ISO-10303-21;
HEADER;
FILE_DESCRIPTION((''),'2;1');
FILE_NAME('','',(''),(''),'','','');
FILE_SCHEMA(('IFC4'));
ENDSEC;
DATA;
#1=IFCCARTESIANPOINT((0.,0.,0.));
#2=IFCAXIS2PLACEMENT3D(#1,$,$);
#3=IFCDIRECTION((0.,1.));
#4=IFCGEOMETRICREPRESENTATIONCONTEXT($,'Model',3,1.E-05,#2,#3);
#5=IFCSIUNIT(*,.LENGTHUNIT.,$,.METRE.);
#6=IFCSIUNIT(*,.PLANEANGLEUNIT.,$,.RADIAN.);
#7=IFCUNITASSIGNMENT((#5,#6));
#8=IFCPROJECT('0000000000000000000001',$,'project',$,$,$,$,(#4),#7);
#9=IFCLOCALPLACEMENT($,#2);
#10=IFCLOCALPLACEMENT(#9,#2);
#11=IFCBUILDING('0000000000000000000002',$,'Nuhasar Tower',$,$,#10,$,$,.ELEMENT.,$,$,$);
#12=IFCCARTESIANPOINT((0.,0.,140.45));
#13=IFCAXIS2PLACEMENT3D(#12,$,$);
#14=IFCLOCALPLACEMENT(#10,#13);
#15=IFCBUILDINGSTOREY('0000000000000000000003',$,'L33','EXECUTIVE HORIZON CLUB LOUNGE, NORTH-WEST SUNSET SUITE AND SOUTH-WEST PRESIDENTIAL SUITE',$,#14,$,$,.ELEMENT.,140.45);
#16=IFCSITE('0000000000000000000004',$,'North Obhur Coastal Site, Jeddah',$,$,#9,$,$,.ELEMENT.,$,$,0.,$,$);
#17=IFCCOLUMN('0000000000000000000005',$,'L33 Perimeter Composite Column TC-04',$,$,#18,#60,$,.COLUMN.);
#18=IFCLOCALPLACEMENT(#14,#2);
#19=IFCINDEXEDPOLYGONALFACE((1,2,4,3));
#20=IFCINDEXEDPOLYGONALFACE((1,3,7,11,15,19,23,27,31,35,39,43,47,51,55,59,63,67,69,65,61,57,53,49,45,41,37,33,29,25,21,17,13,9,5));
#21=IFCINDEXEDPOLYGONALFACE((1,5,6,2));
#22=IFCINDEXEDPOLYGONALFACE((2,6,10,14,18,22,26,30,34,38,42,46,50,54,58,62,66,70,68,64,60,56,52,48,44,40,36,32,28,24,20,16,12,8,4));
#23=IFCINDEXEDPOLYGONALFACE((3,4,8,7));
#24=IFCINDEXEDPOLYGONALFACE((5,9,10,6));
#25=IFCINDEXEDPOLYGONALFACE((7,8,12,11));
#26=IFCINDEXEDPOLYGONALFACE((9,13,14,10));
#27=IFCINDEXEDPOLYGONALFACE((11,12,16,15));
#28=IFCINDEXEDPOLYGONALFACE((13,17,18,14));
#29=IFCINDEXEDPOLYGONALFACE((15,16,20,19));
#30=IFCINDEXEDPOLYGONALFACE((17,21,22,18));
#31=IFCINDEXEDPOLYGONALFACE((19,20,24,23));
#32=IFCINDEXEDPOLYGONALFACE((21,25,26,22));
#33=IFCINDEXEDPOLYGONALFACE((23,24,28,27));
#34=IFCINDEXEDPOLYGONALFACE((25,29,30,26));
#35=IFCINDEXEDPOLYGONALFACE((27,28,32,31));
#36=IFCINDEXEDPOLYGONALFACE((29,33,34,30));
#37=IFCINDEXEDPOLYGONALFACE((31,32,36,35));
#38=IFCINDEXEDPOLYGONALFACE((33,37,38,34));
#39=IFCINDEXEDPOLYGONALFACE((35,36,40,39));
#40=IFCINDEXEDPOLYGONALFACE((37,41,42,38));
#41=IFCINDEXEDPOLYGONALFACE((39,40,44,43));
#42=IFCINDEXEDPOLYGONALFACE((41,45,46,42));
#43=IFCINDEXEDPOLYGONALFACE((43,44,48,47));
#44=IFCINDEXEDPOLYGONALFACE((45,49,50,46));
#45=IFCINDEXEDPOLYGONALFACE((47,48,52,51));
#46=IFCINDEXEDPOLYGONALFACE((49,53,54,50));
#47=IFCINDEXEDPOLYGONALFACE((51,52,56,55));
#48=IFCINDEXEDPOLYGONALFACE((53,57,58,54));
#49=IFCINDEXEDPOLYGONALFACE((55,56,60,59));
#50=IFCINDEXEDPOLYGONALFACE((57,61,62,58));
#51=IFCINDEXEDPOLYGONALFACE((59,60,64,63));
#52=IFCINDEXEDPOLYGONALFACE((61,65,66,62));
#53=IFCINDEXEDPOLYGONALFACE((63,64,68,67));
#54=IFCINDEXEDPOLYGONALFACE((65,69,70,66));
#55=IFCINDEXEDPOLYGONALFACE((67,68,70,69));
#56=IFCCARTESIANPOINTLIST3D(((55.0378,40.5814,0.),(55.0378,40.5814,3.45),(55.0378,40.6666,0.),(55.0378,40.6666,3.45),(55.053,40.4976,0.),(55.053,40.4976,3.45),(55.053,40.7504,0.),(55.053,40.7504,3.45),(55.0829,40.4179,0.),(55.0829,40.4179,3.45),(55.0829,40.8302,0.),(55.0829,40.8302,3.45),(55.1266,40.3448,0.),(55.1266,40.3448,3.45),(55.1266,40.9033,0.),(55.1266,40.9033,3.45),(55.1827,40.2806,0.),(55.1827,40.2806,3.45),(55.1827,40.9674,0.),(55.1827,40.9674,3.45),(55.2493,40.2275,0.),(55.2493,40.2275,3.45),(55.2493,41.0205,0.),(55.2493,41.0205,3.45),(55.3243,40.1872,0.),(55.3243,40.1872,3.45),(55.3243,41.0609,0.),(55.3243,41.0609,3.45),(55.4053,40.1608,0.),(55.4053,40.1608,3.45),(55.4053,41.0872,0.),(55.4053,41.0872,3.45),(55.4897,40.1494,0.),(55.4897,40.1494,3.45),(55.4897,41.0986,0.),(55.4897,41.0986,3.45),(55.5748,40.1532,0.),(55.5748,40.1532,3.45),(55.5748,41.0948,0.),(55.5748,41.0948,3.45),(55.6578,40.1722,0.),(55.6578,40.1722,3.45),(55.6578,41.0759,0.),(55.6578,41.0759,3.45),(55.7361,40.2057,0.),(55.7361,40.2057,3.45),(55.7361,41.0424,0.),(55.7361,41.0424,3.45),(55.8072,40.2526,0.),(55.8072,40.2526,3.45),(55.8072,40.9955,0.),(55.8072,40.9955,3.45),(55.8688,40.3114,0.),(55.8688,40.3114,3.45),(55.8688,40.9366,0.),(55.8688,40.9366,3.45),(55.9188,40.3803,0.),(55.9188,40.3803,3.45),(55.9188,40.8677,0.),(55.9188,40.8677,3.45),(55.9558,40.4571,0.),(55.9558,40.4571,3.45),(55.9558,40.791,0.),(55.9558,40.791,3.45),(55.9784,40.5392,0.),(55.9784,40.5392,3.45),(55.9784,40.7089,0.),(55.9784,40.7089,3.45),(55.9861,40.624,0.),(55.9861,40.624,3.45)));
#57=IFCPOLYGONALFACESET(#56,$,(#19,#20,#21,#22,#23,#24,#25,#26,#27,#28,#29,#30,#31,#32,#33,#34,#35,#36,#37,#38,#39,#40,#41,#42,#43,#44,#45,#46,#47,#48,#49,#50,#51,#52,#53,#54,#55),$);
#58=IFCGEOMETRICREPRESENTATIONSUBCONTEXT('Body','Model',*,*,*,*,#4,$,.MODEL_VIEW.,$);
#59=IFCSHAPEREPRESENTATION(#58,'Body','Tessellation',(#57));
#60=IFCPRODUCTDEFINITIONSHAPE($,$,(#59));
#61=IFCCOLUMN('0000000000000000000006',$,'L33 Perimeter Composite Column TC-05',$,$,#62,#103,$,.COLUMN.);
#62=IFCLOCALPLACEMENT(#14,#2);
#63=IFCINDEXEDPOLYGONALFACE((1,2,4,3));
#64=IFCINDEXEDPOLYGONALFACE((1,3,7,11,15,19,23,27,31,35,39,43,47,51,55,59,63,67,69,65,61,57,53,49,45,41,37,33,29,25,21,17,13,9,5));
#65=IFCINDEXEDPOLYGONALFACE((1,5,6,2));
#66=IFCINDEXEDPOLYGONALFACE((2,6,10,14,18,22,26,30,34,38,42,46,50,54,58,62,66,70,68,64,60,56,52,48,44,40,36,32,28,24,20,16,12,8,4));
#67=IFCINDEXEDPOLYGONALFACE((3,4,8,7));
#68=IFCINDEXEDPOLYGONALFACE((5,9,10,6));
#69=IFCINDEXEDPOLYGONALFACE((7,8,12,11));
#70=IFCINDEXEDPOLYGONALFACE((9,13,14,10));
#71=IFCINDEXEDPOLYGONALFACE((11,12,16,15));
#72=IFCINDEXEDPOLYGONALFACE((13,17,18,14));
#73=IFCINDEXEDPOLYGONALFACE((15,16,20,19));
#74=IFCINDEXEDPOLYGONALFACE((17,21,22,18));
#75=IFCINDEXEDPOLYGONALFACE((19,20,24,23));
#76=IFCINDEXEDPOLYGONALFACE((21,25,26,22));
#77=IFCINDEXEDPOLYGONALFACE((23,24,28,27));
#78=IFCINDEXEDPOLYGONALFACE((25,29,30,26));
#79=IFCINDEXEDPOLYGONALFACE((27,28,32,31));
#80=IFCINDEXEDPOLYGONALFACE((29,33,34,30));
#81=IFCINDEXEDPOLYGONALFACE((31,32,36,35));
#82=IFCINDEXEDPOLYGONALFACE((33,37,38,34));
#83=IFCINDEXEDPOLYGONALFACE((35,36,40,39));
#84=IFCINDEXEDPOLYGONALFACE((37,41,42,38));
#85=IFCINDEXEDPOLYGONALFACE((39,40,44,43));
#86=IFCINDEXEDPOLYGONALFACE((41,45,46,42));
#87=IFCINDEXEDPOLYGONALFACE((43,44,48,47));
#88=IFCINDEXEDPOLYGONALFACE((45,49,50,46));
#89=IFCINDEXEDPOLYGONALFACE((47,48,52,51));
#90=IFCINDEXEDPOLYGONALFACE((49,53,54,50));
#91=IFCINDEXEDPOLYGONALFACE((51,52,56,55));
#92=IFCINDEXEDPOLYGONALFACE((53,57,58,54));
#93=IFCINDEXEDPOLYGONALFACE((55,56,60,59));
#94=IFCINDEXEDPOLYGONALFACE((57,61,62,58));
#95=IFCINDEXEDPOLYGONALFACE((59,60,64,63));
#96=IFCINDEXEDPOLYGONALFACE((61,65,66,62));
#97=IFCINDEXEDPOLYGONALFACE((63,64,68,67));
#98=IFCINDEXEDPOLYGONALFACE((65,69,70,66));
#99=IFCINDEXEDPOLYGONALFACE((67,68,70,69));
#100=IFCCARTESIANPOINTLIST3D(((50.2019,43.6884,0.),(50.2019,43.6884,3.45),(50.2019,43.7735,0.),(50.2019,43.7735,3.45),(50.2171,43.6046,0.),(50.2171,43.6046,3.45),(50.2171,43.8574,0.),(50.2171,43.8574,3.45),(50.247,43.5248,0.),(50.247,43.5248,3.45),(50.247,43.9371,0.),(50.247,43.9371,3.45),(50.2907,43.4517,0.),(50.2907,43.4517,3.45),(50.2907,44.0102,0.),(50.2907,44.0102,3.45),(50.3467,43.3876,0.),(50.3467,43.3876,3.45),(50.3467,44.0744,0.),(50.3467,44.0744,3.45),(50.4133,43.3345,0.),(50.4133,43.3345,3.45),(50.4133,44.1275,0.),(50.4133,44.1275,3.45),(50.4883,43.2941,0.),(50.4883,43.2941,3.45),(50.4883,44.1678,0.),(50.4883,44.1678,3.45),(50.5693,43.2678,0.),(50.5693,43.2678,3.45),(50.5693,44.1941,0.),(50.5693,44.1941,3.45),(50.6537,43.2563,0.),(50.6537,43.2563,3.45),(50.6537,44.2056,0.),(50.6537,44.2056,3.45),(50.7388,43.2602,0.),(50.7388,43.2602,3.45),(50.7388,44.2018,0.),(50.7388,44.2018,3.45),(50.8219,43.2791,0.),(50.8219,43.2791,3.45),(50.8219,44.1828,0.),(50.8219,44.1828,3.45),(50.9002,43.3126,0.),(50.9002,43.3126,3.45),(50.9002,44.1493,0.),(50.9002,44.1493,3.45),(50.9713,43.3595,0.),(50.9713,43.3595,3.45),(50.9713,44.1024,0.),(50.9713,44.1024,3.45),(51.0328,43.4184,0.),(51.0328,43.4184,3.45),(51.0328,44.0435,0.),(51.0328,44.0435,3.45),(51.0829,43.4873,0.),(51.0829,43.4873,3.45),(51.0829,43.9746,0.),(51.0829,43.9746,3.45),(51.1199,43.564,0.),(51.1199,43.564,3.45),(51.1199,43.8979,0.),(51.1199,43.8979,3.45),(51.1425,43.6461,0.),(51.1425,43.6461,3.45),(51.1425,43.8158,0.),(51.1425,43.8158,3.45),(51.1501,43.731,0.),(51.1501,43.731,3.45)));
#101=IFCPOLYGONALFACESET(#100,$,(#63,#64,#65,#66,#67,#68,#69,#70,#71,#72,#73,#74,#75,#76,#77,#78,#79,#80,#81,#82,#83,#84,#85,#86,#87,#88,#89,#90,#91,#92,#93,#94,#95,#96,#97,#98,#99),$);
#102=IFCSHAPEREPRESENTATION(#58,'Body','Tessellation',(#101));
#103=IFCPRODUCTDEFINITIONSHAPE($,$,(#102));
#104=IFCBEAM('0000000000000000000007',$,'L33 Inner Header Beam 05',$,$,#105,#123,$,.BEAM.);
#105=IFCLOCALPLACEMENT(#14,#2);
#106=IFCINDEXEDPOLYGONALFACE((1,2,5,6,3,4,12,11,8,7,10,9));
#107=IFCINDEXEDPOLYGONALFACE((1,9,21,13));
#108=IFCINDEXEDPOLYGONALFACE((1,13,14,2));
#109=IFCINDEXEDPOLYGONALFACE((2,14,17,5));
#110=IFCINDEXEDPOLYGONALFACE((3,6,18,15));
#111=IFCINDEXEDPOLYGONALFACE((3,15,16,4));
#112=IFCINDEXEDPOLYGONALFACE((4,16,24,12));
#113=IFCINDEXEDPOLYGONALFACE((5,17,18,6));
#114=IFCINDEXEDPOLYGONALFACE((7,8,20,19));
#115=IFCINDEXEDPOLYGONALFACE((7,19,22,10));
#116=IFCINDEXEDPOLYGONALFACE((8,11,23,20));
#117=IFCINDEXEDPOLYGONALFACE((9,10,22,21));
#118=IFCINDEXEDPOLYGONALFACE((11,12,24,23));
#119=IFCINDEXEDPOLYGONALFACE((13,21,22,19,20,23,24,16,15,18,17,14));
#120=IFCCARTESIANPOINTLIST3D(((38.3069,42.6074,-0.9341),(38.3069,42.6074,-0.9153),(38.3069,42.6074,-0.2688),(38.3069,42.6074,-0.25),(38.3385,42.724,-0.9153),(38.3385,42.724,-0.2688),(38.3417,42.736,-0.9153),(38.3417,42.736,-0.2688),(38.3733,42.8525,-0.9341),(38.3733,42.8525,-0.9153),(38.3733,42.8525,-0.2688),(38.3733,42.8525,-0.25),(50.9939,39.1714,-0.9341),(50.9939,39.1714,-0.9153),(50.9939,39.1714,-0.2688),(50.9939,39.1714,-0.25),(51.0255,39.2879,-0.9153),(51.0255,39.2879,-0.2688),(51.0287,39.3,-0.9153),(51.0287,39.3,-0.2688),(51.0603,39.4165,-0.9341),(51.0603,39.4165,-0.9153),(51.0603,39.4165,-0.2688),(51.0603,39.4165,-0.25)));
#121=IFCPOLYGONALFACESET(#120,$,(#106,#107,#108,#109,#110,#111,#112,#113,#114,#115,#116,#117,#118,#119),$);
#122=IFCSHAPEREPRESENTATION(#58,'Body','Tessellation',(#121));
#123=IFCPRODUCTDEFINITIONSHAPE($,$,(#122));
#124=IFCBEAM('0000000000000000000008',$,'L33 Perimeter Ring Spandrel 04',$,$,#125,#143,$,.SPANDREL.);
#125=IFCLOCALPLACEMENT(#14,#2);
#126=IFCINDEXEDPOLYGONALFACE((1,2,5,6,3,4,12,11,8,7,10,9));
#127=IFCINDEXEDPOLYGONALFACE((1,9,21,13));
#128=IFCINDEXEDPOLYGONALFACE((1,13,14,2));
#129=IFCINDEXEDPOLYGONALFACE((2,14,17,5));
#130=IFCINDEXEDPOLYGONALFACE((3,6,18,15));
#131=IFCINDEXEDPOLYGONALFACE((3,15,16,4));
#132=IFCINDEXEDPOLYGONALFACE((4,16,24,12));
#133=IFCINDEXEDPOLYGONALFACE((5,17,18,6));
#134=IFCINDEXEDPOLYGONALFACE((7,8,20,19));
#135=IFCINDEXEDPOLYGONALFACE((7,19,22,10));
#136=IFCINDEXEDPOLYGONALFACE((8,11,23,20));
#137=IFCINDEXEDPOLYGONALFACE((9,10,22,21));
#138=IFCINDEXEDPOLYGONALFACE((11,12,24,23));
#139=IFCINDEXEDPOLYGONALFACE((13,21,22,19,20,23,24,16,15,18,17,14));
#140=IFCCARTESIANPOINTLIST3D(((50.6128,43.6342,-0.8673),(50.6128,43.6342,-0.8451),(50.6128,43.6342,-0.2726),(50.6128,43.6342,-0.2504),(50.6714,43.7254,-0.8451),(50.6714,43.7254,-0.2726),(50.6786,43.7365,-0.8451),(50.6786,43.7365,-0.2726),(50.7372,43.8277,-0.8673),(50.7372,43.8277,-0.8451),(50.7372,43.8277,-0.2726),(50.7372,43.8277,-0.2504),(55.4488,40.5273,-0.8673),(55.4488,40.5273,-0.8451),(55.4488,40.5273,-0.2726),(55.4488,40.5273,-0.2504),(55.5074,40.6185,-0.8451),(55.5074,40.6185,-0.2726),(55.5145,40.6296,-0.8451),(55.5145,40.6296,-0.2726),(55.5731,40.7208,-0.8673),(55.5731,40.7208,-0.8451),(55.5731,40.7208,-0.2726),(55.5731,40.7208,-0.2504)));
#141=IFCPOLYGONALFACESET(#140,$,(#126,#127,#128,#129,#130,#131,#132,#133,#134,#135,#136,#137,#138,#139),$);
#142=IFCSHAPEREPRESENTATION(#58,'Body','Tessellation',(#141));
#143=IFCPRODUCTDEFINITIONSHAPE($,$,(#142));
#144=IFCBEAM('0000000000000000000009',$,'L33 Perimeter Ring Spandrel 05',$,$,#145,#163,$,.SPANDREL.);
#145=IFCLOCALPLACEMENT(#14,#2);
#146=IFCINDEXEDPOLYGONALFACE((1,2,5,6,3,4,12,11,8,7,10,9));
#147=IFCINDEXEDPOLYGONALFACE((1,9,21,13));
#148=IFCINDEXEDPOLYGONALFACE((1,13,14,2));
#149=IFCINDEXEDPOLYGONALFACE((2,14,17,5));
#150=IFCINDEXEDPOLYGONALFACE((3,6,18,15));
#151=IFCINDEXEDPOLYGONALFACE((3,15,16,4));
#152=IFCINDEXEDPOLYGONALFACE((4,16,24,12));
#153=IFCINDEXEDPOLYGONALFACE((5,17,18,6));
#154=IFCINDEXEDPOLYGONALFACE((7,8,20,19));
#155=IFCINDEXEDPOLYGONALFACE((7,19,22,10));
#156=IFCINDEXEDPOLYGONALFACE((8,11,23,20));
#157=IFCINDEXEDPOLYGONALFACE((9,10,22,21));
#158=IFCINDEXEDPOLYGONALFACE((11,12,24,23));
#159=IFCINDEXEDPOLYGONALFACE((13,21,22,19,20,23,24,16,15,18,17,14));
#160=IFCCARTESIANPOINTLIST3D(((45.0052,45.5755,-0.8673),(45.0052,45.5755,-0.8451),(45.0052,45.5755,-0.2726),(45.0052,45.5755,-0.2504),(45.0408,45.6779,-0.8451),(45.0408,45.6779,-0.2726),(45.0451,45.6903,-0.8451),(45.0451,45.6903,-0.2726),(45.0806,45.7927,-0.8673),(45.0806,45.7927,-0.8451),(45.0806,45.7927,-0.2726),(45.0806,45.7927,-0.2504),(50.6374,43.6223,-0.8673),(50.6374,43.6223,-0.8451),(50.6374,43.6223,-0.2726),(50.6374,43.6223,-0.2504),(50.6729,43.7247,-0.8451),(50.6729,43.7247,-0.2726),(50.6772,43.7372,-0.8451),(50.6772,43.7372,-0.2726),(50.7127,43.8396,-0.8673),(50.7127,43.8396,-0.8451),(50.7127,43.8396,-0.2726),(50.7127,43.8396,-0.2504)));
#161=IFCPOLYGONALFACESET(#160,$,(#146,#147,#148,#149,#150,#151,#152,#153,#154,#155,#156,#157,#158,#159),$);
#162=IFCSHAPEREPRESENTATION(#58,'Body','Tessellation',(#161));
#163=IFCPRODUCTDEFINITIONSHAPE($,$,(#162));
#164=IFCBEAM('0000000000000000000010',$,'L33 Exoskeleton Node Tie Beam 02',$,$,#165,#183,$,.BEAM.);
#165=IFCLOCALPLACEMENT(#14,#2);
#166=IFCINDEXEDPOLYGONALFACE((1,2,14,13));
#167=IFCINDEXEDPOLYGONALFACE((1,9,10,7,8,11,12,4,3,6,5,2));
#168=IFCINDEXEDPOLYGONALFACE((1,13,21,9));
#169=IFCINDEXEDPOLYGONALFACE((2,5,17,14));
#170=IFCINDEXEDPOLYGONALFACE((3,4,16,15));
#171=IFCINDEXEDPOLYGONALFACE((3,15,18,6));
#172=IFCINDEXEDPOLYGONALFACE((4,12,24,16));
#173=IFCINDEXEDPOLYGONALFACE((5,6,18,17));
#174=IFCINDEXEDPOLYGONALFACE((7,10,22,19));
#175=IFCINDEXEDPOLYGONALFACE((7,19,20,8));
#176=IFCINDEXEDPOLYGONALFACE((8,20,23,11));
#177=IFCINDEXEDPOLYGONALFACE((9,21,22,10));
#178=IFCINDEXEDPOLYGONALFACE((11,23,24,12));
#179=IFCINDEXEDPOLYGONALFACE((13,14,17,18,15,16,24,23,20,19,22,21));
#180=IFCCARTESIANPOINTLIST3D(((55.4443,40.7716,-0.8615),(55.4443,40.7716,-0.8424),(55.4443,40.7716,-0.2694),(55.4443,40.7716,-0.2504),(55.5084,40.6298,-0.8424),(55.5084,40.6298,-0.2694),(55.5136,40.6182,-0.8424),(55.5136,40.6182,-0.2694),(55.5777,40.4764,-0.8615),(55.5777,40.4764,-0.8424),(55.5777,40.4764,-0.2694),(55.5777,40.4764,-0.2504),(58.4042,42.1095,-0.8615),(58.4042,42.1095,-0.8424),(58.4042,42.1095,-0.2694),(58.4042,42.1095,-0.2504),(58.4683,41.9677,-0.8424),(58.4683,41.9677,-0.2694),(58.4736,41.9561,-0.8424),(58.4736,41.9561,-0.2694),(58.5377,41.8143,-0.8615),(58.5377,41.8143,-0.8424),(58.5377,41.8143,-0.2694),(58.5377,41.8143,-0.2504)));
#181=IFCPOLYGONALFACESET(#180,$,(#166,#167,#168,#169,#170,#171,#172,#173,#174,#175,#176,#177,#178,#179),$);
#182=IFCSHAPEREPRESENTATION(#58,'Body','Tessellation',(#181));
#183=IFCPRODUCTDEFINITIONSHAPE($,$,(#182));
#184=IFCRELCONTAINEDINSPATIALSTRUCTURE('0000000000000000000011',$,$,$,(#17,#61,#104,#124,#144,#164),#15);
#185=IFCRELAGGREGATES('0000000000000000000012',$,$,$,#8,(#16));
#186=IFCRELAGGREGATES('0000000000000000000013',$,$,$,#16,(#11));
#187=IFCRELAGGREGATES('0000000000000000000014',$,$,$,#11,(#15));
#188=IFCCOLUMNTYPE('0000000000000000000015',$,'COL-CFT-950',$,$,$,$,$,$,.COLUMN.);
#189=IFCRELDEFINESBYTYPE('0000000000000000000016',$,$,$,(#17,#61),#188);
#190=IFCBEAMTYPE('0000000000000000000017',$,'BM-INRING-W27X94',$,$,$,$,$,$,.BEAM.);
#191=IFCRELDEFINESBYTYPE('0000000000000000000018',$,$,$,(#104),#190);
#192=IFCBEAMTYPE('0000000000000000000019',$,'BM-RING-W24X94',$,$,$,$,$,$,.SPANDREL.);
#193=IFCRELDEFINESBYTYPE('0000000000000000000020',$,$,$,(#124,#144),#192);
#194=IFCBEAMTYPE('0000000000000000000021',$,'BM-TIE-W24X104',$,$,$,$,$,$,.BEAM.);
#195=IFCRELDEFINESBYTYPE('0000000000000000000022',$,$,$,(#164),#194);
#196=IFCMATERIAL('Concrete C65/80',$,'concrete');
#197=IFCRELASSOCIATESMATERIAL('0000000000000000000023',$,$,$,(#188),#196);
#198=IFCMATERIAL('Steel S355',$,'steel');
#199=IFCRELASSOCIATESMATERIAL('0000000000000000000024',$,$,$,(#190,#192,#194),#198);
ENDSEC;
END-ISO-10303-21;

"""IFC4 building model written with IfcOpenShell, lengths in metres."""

from ifc_helpers import new_model, si_unit, direction, frame, origin, origin_2d, place, context, subcontext, project, spatial, circle, i_section, extrude, material, material_profile, profile_set, type_object, element, save


model = new_model("IFC4")

# Units and contexts
model_context = context("Model", 3, precision=1e-05, world=origin(), true_north=direction((0.0, 1.0)))
body_context = subcontext(model_context, "Body", "Model", "MODEL_VIEW")
ifc_project = project(units=[si_unit("LENGTHUNIT", "METRE"), si_unit("PLANEANGLEUNIT", "RADIAN")], contexts=[model_context])

# Site, building, storey
site_placement = place(None, origin())
site = spatial("IfcSite", under=ifc_project, at=site_placement, Name="North Obhur Coastal Site, Jeddah", CompositionType="ELEMENT", RefElevation=0.0)
building_placement = place(site_placement, origin())
building = spatial("IfcBuilding", under=site, at=building_placement, Name="Nuhasar Tower", CompositionType="ELEMENT")
storey_placement = place(building_placement, frame((0.0, 0.0, 140.45)))
storey = spatial("IfcBuildingStorey", under=building, at=storey_placement, Name="L33", Description="EXECUTIVE HORIZON CLUB LOUNGE, NORTH-WEST SUNSET SUITE AND SOUTH-WEST PRESIDENTIAL SUITE", CompositionType="ELEMENT", Elevation=140.45)

# Columns
ifc_material_1 = material(Name="Concrete C65/80", Category="concrete")
ifc_material_profile_1 = material_profile(ifc_material_1, circle(Radius=0.4751, at=origin_2d()), Name="CFT950")
ifc_profile_set_1 = profile_set([ifc_material_profile_1], Name="Concrete C65/80")
column_type = type_object("IfcColumnType", Name="COL-CFT-950", PredefinedType="COLUMN", material=ifc_profile_set_1)
for number, where, z_axis, x_axis, name in (
    (1, (55.511, 40.624, 0.0), (0.0, 0.0, 1.0), (1.0, 0.0, 0.0), "L33 Perimeter Composite Column TC-04"),
    (2, (50.675, 43.731, 0.0), (0.0, 0.0, 1.0), (1.0, 0.0, 0.0), "L33 Perimeter Composite Column TC-05"),
):
    element("IfcColumn", number, at=place(storey_placement, frame(where, z_axis=z_axis, x_axis=x_axis)), inside=storey, type_object=column_type, Name=name, PredefinedType="COLUMN", context=body_context, shape_type="SweptSolid", body=[
        extrude(circle(Radius=0.4751, at=origin_2d()), origin(), (0.0, 0.0, 1.0), 3.45),
    ])

# Beams
ifc_material_2 = material(Name="Steel S355", Category="steel")
ifc_material_profile_2 = material_profile(ifc_material_2, i_section(OverallWidth=0.2539, OverallDepth=0.6841, WebThickness=0.0125, FlangeThickness=0.0188, at=origin_2d()), Name="W27X94")
ifc_profile_set_2 = profile_set([ifc_material_profile_2], Name="Steel S355")
beam_type_1 = type_object("IfcBeamType", Name="BM-INRING-W27X94", PredefinedType="BEAM", material=ifc_profile_set_2)
beam_1_placement = place(storey_placement, frame((51.0271, 39.2939, -0.592), z_axis=(-0.965227, 0.261413, 0.0), x_axis=(-0.261413, -0.965227, 0.0)))
element("IfcBeam", 3, at=beam_1_placement, inside=storey, type_object=beam_type_1, Name="L33 Inner Header Beam 05", PredefinedType="BEAM", context=body_context, shape_type="SweptSolid", body=[
    extrude(i_section(OverallWidth=0.2539, OverallDepth=0.6841, WebThickness=0.0125, FlangeThickness=0.0188, at=origin_2d()), origin(), (0.0, 0.0, 1.0), 13.144),
])
ifc_material_profile_3 = material_profile(ifc_material_2, i_section(OverallWidth=0.23, OverallDepth=0.6169, WebThickness=0.0132, FlangeThickness=0.0222, at=origin_2d()), Name="W24X94")
ifc_profile_set_3 = profile_set([ifc_material_profile_3], Name="Steel S355")
beam_type_2 = type_object("IfcBeamType", Name="BM-RING-W24X94", PredefinedType="SPANDREL", material=ifc_profile_set_3)
beam_2_placement = place(storey_placement, frame((55.511, 40.624, -0.5588), z_axis=(-0.841327, 0.540526, 0.0), x_axis=(-0.540526, -0.841327, 0.0)))
element("IfcBeam", 4, at=beam_2_placement, inside=storey, type_object=beam_type_2, Name="L33 Perimeter Ring Spandrel 04", PredefinedType="SPANDREL", context=body_context, shape_type="SweptSolid", body=[
    extrude(i_section(OverallWidth=0.23, OverallDepth=0.6169, WebThickness=0.0132, FlangeThickness=0.0222, at=origin_2d()), origin(), (0.0, 0.0, 1.0), 5.748),
])
beam_3_placement = place(storey_placement, frame((50.675, 43.731, -0.5588), z_axis=(-0.944801, 0.327644, 0.0), x_axis=(-0.327644, -0.944801, 0.0)))
element("IfcBeam", 5, at=beam_3_placement, inside=storey, type_object=beam_type_2, Name="L33 Perimeter Ring Spandrel 05", PredefinedType="SPANDREL", context=body_context, shape_type="SweptSolid", body=[
    extrude(i_section(OverallWidth=0.23, OverallDepth=0.6169, WebThickness=0.0132, FlangeThickness=0.0222, at=origin_2d()), origin(), (0.0, 0.0, 1.0), 5.9612),
])
ifc_material_profile_4 = material_profile(ifc_material_2, i_section(OverallWidth=0.324, OverallDepth=0.6111, WebThickness=0.0127, FlangeThickness=0.019, at=origin_2d()), Name="W24X104")
ifc_profile_set_4 = profile_set([ifc_material_profile_4], Name="Steel S355")
beam_type_3 = type_object("IfcBeamType", Name="BM-TIE-W24X104", PredefinedType="BEAM", material=ifc_profile_set_4)
beam_4_placement = place(storey_placement, frame((55.511, 40.624, -0.5559), z_axis=(0.91124, 0.411877, 0.0), x_axis=(-0.411877, 0.91124, 0.0)))
element("IfcBeam", 6, at=beam_4_placement, inside=storey, type_object=beam_type_3, Name="L33 Exoskeleton Node Tie Beam 02", PredefinedType="BEAM", context=body_context, shape_type="SweptSolid", body=[
    extrude(i_section(OverallWidth=0.324, OverallDepth=0.6111, WebThickness=0.0127, FlangeThickness=0.019, at=origin_2d()), origin(), (0.0, 0.0, 1.0), 3.2483),
])

save(model, "model.ifc")
